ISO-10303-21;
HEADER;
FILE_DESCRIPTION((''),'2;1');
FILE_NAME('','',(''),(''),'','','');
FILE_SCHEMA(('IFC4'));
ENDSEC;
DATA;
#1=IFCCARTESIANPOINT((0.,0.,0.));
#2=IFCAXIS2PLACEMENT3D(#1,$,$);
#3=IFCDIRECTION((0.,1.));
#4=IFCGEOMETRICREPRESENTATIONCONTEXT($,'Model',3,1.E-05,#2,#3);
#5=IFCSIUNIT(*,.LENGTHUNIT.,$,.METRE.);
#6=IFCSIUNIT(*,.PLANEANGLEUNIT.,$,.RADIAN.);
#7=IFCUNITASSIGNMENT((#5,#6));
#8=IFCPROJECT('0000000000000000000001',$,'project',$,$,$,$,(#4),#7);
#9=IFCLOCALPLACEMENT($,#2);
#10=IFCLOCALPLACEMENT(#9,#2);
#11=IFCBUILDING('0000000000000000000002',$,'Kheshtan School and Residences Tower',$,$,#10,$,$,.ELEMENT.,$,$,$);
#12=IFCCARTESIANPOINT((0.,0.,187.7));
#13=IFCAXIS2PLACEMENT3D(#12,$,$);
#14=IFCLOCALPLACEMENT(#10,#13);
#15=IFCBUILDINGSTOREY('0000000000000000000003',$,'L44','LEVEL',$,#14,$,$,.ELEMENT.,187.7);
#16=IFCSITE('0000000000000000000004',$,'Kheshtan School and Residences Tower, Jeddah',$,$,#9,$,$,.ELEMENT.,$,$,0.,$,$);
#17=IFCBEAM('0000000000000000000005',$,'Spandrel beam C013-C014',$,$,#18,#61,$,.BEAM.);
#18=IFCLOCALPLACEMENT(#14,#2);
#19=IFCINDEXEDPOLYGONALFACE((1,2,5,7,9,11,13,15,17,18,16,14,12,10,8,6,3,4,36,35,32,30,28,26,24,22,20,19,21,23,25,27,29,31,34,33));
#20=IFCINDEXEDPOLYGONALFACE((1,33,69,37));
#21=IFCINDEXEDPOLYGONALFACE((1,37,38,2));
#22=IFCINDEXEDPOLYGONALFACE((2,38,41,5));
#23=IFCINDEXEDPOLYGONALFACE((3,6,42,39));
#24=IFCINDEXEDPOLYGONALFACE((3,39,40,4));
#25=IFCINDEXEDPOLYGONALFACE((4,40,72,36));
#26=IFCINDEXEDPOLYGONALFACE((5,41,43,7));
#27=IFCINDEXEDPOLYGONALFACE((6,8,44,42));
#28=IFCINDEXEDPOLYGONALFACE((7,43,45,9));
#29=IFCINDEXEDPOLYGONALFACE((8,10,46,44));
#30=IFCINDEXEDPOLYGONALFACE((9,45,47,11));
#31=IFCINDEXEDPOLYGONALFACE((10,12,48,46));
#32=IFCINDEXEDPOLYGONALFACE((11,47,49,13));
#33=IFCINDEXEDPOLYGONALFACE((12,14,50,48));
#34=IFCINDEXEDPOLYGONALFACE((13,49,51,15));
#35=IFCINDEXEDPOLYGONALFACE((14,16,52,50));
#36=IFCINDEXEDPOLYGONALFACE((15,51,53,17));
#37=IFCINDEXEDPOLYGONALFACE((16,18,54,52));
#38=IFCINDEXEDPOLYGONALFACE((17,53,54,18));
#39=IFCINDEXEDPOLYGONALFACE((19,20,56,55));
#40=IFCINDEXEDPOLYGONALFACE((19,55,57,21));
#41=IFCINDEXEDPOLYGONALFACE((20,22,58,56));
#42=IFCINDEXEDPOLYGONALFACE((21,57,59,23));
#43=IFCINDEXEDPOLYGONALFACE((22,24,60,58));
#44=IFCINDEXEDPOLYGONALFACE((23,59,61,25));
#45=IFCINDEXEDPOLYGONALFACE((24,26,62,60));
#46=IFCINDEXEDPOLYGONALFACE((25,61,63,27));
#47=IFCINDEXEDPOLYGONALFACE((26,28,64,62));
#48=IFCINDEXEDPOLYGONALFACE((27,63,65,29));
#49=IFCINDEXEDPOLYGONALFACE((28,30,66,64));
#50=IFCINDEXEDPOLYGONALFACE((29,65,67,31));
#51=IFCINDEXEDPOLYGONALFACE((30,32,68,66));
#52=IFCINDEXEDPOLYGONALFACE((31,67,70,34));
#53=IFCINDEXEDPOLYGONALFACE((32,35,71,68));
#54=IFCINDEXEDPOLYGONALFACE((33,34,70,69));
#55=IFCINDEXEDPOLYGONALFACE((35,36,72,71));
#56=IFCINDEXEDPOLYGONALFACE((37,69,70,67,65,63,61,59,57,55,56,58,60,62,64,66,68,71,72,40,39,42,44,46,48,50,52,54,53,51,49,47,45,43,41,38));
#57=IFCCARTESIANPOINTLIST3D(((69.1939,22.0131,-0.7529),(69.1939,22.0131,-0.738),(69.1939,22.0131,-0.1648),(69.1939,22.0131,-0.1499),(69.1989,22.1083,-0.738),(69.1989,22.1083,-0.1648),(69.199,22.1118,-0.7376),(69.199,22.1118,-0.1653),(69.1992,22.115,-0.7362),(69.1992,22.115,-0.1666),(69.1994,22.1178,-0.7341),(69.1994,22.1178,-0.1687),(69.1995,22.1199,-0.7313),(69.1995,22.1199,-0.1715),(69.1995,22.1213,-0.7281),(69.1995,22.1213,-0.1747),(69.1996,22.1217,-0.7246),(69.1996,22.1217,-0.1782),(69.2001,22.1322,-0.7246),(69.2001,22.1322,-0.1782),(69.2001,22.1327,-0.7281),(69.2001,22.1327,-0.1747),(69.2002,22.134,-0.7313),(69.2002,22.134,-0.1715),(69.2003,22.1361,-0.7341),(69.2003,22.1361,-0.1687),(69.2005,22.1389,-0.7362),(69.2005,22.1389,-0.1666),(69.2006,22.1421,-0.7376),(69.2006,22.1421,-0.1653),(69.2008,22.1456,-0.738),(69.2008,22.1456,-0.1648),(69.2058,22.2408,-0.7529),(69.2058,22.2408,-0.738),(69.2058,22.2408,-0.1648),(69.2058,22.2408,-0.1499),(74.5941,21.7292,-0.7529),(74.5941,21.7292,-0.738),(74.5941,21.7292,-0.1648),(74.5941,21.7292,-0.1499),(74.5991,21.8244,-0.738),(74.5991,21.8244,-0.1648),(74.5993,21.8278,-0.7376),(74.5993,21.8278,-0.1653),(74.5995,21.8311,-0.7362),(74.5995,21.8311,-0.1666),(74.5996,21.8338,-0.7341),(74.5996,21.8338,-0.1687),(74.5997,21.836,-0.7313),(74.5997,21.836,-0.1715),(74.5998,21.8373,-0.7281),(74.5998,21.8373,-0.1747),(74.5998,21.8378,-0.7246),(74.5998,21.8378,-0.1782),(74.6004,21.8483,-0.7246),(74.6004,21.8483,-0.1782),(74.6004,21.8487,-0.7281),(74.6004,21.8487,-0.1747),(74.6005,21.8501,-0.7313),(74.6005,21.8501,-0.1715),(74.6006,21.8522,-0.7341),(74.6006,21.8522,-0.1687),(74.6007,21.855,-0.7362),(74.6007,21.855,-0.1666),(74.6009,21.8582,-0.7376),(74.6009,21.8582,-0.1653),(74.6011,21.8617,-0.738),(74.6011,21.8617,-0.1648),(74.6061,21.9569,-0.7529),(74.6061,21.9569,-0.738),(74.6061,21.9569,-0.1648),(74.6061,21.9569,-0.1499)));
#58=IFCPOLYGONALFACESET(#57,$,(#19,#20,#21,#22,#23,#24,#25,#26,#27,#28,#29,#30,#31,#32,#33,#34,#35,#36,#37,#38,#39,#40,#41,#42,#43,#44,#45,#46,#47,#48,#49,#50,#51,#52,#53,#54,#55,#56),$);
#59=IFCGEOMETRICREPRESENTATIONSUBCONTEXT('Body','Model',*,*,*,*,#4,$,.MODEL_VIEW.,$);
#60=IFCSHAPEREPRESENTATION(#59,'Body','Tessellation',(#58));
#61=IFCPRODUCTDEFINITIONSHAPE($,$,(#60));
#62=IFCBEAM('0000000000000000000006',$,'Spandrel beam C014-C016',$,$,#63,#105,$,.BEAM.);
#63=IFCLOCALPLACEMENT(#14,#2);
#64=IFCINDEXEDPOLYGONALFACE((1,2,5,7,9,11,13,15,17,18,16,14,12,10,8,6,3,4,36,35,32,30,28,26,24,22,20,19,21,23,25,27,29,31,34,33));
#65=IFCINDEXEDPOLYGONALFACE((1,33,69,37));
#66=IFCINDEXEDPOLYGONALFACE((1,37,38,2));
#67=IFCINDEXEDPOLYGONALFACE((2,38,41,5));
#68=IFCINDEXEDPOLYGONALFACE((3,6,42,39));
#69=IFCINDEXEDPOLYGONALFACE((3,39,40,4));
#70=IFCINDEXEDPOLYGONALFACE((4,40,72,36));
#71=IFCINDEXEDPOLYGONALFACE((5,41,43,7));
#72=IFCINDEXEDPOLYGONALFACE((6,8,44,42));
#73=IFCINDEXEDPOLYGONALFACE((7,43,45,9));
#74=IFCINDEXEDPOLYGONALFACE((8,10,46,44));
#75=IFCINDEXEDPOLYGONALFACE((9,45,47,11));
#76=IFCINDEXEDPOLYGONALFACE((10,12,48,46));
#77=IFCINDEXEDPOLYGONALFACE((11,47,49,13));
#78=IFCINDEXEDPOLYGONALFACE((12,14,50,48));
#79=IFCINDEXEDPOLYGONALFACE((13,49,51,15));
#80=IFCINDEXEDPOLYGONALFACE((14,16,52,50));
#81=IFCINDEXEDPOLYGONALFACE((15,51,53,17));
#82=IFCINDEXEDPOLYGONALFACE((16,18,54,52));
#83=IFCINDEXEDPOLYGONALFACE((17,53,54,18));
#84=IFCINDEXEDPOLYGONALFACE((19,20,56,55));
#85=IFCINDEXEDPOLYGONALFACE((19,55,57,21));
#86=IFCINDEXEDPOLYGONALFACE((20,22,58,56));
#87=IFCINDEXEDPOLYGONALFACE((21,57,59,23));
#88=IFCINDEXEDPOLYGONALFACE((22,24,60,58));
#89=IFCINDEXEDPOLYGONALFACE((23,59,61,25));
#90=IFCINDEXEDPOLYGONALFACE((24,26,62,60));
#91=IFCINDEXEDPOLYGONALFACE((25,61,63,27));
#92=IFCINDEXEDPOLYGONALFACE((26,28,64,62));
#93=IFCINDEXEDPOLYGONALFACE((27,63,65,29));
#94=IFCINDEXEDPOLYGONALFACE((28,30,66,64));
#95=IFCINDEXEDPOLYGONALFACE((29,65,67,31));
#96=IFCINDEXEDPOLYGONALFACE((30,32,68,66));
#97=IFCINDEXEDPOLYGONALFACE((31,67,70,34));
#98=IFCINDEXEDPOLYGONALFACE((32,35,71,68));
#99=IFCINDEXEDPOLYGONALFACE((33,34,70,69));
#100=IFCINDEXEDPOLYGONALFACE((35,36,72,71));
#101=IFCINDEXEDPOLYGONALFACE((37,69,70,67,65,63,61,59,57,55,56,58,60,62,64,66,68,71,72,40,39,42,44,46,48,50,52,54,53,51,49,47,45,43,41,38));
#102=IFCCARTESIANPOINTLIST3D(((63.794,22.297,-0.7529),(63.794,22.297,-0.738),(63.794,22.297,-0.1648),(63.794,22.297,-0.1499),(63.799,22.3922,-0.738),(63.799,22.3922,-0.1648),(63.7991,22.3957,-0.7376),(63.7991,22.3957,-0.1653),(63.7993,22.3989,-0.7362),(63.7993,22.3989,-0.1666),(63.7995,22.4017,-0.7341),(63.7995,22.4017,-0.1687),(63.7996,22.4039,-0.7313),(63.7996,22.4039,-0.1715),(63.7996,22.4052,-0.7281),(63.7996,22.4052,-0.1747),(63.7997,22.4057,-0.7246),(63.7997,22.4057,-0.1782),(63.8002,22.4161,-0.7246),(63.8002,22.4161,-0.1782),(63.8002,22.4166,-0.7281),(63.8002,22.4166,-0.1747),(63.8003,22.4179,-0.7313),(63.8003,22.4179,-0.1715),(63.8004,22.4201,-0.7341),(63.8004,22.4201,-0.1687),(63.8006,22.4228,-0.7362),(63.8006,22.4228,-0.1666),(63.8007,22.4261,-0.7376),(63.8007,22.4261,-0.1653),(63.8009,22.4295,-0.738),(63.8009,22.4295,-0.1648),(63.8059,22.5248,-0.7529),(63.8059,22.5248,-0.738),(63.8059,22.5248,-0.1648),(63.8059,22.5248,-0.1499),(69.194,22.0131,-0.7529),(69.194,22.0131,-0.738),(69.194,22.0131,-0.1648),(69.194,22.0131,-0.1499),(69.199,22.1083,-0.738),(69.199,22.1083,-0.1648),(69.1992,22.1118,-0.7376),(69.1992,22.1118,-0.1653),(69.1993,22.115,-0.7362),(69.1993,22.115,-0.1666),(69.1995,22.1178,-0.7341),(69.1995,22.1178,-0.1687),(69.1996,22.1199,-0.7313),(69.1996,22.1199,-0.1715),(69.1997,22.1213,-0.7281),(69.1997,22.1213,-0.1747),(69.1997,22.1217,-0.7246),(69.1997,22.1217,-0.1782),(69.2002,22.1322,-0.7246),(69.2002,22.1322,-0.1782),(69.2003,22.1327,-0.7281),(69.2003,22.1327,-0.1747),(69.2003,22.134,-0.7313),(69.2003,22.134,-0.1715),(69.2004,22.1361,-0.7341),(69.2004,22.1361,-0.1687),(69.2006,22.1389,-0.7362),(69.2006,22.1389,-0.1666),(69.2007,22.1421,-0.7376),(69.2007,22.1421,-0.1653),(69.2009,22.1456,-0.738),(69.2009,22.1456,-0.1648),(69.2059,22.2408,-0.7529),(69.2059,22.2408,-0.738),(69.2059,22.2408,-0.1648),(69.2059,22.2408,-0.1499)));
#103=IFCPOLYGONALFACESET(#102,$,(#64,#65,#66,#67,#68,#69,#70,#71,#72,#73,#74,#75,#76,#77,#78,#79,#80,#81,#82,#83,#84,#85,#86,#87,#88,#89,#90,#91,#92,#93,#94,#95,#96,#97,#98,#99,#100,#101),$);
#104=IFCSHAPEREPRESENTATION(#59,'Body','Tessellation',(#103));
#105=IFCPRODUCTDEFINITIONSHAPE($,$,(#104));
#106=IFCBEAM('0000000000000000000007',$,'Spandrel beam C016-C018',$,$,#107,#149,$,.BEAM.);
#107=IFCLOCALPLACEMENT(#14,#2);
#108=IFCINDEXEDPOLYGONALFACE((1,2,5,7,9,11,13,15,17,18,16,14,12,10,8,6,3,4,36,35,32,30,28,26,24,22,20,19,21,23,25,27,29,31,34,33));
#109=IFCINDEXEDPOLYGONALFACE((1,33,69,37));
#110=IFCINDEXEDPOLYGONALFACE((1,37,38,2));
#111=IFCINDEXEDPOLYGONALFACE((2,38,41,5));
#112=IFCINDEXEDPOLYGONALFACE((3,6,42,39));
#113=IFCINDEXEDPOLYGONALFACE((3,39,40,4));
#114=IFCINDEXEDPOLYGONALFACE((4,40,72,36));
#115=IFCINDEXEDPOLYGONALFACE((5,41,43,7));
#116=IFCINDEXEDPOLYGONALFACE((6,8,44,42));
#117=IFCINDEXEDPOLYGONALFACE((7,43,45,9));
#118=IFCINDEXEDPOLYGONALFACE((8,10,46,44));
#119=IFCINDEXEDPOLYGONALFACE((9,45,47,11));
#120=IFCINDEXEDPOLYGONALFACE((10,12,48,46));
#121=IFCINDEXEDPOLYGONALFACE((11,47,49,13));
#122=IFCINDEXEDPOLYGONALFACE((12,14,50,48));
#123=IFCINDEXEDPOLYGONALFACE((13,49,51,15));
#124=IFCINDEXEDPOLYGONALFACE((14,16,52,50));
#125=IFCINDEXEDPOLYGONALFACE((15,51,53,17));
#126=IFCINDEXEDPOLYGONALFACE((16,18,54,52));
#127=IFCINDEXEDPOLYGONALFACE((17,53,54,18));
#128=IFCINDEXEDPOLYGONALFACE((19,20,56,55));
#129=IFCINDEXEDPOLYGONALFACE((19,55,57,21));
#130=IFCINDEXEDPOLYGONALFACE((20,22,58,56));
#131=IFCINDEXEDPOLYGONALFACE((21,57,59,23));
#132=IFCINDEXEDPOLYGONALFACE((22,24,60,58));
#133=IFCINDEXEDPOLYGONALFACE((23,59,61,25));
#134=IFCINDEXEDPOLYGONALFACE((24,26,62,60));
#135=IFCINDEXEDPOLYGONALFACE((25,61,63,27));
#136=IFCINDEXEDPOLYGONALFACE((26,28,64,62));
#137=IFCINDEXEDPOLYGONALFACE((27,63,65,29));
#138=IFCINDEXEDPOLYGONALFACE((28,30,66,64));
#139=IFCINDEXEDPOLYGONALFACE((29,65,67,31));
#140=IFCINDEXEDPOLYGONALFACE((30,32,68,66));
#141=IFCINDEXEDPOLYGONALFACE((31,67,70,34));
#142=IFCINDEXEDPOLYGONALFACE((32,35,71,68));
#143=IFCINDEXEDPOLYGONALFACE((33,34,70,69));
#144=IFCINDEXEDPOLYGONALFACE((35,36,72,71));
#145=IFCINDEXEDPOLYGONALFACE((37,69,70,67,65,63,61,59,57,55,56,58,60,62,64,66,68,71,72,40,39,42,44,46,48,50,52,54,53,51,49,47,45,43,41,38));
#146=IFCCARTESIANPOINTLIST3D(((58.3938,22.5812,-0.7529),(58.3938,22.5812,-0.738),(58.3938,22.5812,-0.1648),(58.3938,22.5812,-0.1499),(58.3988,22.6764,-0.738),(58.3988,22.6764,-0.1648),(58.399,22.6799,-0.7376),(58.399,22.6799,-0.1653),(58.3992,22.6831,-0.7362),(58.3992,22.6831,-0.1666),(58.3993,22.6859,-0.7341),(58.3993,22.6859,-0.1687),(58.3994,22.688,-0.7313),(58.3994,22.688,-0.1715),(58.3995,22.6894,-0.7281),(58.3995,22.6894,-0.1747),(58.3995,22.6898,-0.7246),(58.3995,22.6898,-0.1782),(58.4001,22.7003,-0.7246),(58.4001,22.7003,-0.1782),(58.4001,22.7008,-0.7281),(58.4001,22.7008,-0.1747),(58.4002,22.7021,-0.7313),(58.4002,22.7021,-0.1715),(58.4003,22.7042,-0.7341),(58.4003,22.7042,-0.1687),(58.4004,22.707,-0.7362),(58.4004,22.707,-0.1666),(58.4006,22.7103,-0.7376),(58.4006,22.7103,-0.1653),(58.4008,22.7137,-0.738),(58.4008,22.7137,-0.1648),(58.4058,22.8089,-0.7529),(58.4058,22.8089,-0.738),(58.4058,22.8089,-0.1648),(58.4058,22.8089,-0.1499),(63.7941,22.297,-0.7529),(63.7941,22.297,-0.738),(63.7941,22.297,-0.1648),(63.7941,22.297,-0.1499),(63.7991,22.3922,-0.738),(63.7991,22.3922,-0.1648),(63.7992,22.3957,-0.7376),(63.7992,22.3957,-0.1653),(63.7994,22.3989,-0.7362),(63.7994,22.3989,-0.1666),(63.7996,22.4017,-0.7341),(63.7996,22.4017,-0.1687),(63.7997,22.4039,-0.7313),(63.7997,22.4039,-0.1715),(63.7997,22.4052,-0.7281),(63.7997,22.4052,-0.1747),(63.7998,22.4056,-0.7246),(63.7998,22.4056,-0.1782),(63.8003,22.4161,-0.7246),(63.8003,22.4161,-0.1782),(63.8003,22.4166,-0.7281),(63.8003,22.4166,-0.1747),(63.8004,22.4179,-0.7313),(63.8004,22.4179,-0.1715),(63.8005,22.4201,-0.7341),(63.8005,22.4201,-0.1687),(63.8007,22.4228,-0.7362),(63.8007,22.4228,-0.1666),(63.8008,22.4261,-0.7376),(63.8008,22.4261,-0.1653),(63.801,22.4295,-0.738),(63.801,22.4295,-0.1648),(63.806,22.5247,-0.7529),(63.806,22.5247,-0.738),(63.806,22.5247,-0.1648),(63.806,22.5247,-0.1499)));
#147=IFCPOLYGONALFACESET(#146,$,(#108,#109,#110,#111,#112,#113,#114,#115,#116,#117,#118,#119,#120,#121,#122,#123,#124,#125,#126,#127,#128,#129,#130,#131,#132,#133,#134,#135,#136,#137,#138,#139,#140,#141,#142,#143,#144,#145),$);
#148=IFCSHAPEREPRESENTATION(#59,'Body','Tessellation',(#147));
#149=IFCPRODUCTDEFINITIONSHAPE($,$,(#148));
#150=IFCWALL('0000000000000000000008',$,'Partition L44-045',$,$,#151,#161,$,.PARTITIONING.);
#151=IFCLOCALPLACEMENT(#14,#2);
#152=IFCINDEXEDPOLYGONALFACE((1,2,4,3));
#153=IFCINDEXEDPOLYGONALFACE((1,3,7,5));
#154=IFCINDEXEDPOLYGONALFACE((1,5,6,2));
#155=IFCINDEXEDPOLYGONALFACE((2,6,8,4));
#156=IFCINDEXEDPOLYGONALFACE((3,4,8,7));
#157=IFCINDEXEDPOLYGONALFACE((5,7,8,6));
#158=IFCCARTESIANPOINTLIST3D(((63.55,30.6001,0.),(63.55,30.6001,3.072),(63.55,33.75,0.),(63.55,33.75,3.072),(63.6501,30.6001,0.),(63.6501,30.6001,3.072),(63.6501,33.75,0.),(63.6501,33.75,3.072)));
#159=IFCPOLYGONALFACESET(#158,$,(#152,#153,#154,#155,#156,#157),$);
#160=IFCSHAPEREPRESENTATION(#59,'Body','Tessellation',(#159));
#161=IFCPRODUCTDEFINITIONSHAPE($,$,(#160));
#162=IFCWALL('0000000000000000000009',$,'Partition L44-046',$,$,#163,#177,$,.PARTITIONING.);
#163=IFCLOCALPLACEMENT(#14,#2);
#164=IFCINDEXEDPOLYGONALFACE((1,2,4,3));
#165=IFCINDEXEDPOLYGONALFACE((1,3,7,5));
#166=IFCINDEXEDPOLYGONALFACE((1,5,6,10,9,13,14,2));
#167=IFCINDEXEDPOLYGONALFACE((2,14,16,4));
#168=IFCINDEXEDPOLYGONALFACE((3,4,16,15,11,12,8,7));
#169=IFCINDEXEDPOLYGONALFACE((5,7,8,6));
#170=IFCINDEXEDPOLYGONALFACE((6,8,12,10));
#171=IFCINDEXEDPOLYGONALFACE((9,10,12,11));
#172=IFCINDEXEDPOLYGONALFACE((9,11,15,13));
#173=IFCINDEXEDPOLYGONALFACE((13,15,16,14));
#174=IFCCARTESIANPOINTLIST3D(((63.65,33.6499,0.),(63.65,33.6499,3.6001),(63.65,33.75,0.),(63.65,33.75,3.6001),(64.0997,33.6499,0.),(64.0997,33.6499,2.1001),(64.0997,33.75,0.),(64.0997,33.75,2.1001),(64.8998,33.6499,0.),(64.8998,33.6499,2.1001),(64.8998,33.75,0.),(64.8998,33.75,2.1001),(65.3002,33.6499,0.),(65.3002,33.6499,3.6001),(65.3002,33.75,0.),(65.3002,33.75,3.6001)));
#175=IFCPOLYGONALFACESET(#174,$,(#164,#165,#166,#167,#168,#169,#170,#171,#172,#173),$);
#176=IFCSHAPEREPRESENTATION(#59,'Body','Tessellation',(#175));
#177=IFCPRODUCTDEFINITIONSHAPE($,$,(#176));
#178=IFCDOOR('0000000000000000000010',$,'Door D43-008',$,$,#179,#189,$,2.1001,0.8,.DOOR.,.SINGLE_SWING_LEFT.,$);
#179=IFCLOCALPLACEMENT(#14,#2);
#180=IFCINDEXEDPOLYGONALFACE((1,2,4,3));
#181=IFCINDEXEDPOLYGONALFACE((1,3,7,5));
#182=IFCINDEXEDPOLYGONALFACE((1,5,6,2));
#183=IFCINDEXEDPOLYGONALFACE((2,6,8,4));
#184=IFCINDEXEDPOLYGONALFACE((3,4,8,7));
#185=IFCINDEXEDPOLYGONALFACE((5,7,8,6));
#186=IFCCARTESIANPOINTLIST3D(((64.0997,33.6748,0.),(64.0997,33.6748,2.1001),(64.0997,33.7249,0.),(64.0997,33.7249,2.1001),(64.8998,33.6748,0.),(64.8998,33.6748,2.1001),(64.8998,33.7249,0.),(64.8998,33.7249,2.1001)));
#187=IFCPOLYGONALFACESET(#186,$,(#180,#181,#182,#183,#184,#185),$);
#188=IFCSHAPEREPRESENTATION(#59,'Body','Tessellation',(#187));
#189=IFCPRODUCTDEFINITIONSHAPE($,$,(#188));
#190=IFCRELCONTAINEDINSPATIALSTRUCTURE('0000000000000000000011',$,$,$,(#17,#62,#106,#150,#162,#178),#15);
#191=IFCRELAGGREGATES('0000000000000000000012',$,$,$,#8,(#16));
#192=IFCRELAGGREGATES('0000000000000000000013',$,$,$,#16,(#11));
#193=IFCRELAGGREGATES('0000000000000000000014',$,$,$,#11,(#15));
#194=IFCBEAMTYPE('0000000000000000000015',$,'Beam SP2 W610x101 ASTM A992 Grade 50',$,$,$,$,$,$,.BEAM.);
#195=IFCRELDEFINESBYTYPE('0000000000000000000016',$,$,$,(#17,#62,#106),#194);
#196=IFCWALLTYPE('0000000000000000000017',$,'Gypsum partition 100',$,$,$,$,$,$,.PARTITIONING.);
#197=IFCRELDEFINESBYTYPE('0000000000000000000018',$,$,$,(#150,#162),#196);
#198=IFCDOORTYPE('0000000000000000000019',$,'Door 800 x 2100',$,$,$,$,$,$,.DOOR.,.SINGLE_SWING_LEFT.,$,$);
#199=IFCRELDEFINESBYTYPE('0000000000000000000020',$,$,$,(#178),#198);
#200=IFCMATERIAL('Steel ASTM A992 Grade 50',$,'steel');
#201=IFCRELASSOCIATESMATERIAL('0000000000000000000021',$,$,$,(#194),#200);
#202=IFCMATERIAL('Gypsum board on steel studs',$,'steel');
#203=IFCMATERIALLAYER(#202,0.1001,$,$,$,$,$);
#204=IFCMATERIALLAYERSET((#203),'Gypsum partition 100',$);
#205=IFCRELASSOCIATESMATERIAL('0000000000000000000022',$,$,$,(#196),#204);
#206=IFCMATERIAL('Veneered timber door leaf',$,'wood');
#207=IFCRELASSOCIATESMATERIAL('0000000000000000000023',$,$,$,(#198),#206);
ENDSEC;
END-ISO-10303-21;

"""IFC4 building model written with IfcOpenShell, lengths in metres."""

from ifc_helpers import new_model, si_unit, direction, frame, frame_2d, origin, origin_2d, place, context, subcontext, project, spatial, rectangle, i_section, extrude, source, transform, mapped, material, layer, layer_set, material_profile, profile_set, type_object, element, fill, save


model = new_model("IFC4")

# Units and contexts
model_context = context("Model", 3, precision=1e-05, world=origin(), true_north=direction((0.0, 1.0)))
body_context = subcontext(model_context, "Body", "Model", "MODEL_VIEW")
ifc_project = project(units=[si_unit("LENGTHUNIT", "METRE"), si_unit("PLANEANGLEUNIT", "RADIAN")], contexts=[model_context])

# Site, building, storey
site_placement = place(None, origin())
site = spatial("IfcSite", under=ifc_project, at=site_placement, Name="Kheshtan School and Residences Tower, Jeddah", CompositionType="ELEMENT", RefElevation=0.0)
building_placement = place(site_placement, origin())
building = spatial("IfcBuilding", under=site, at=building_placement, Name="Kheshtan School and Residences Tower", CompositionType="ELEMENT")
storey_placement = place(building_placement, frame((0.0, 0.0, 187.7)))
storey = spatial("IfcBuildingStorey", under=building, at=storey_placement, Name="L44", Description="LEVEL", CompositionType="ELEMENT", Elevation=187.7)

# Shared definitions
ifc_material_1 = material(Name="Steel ASTM A992 Grade 50", Category="steel")

# Beams
ifc_material_profile_1 = material_profile(ifc_material_1, i_section(OverallWidth=0.228, OverallDepth=0.603, WebThickness=0.0105, FlangeThickness=0.0149, FilletRadius=0.0134, at=origin_2d()), Name="W610x101")
ifc_profile_set_1 = profile_set([ifc_material_profile_1], Name="Steel ASTM A992 Grade 50")
beam_type_1 = type_object("IfcBeamType", Name="Beam SP2 W610x101 ASTM A992 Grade 50", PredefinedType="BEAM", material=ifc_profile_set_1)
beam_1_placement = place(storey_placement, frame((74.6001, 21.843, -0.4514), z_axis=(-0.998621, 0.052507, 0.0), x_axis=(-0.052507, -0.998621, 0.0)))
element("IfcBeam", 1, at=beam_1_placement, inside=storey, type_object=beam_type_1, Name="Spandrel beam C013-C014", PredefinedType="BEAM", context=body_context, shape_type="SweptSolid", body=[
    extrude(i_section(OverallWidth=0.228, OverallDepth=0.603, WebThickness=0.0105, FlangeThickness=0.0149, FilletRadius=0.0134, at=origin_2d()), origin(), (0.0, 0.0, 1.0), 5.4077),
])
beam_2_placement = place(storey_placement, frame((69.2, 22.127, -0.4514), z_axis=(-0.99862, 0.052509, 0.0), x_axis=(-0.052509, -0.99862, 0.0)))
element("IfcBeam", 2, at=beam_2_placement, inside=storey, type_object=beam_type_1, Name="Spandrel beam C014-C016", PredefinedType="BEAM", context=body_context, shape_type="SweptSolid", body=[
    extrude(i_section(OverallWidth=0.228, OverallDepth=0.603, WebThickness=0.0105, FlangeThickness=0.0149, FilletRadius=0.0134, at=origin_2d()), origin(), (0.0, 0.0, 1.0), 5.4075),
])
beam_3_placement = place(storey_placement, frame((63.8, 22.4109, -0.4514), z_axis=(-0.998618, 0.052552, 0.0), x_axis=(-0.052552, -0.998618, 0.0)))
element("IfcBeam", 3, at=beam_3_placement, inside=storey, type_object=beam_type_1, Name="Spandrel beam C016-C018", PredefinedType="BEAM", context=body_context, shape_type="SweptSolid", body=[
    extrude(i_section(OverallWidth=0.228, OverallDepth=0.603, WebThickness=0.0105, FlangeThickness=0.0149, FilletRadius=0.0134, at=origin_2d()), origin(), (0.0, 0.0, 1.0), 5.4077),
])

# Wall
ifc_material_2 = material(Name="Gypsum board on steel studs", Category="steel")
ifc_layer_1 = layer(ifc_material_2, 0.1001)
ifc_layer_set_1 = layer_set([ifc_layer_1], Name="Gypsum partition 100")
wall_type_1 = type_object("IfcWallType", Name="Gypsum partition 100", PredefinedType="PARTITIONING", material=ifc_layer_set_1)
wall_1_placement = place(storey_placement, frame((63.6001, 30.6001, 0.0), z_axis=(0.0, 0.0, 1.0), x_axis=(0.0, 1.0, 0.0)))
element("IfcWall", 4, at=wall_1_placement, inside=storey, type_object=wall_type_1, Name="Partition L44-045", PredefinedType="PARTITIONING", context=body_context, shape_type="SweptSolid", body=[
    extrude(rectangle(XDim=3.1499, YDim=0.1001, at=frame_2d((1.575, 0.0))), origin(), (0.0, 0.0, 1.0), 3.072),
])

# Wall, opening, door
wall_2_placement = place(storey_placement, frame((63.6499, 33.7, 0.0), z_axis=(0.0, 0.0, 1.0), x_axis=(1.0, 0.0, 0.0)))
wall_2 = element("IfcWall", 5, at=wall_2_placement, inside=storey, type_object=wall_type_1, Name="Partition L44-046", PredefinedType="PARTITIONING", context=body_context, shape_type="SweptSolid", body=[
    extrude(rectangle(XDim=1.6501, YDim=0.1001, at=frame_2d((0.8252, 0.0))), origin(), (0.0, 0.0, 1.0), 3.6001),
])
opening_1_placement = place(wall_2_placement, frame((0.45, 0.0, 0.0)))
opening_1 = element("IfcOpeningElement", 6, at=opening_1_placement, cuts=wall_2, PredefinedType="OPENING", context=body_context, shape_type="SweptSolid", body=[
    extrude(rectangle(XDim=0.8, YDim=2.1001, at=frame_2d((0.3999, 1.05))), frame((0.0, 0.0601, 0.0), z_axis=(0.0, -1.0, 0.0), x_axis=(1.0, 0.0, 0.0)), (0.0, 0.0, 1.0), 0.1201),
])
ifc_material_3 = material(Name="Veneered timber door leaf", Category="wood")
door_type_1 = type_object("IfcDoorType", Name="Door 800 x 2100", OperationType="SINGLE_SWING_LEFT", PredefinedType="DOOR", material=ifc_material_3)
shared_shape_1 = source(origin(), body_context, "Body", "SweptSolid", [
    extrude(rectangle(XDim=0.8, YDim=2.1001, at=frame_2d((0.3999, 1.05))), frame((0.0, 0.0249, 0.0), z_axis=(0.0, -1.0, 0.0), x_axis=(1.0, 0.0, 0.0)), (0.0, 0.0, 1.0), 0.05),
])
door_1_placement = place(opening_1_placement, origin())
door_1 = element("IfcDoor", 7, at=door_1_placement, inside=storey, type_object=door_type_1, Name="Door D43-008", OperationType="SINGLE_SWING_LEFT", OverallHeight=2.1001, OverallWidth=0.8, PredefinedType="DOOR", context=body_context, shape_type="MappedRepresentation", body=[
    mapped(shared_shape_1, transform((0.0, 0.0, 0.0), x_axis=(1.0, 0.0, 0.0), y_axis=(0.0, 1.0, 0.0), z_axis=(0.0, 0.0, 1.0), scale=1.0)),
])
fill(opening_1, door_1)

save(model, "model.ifc")
